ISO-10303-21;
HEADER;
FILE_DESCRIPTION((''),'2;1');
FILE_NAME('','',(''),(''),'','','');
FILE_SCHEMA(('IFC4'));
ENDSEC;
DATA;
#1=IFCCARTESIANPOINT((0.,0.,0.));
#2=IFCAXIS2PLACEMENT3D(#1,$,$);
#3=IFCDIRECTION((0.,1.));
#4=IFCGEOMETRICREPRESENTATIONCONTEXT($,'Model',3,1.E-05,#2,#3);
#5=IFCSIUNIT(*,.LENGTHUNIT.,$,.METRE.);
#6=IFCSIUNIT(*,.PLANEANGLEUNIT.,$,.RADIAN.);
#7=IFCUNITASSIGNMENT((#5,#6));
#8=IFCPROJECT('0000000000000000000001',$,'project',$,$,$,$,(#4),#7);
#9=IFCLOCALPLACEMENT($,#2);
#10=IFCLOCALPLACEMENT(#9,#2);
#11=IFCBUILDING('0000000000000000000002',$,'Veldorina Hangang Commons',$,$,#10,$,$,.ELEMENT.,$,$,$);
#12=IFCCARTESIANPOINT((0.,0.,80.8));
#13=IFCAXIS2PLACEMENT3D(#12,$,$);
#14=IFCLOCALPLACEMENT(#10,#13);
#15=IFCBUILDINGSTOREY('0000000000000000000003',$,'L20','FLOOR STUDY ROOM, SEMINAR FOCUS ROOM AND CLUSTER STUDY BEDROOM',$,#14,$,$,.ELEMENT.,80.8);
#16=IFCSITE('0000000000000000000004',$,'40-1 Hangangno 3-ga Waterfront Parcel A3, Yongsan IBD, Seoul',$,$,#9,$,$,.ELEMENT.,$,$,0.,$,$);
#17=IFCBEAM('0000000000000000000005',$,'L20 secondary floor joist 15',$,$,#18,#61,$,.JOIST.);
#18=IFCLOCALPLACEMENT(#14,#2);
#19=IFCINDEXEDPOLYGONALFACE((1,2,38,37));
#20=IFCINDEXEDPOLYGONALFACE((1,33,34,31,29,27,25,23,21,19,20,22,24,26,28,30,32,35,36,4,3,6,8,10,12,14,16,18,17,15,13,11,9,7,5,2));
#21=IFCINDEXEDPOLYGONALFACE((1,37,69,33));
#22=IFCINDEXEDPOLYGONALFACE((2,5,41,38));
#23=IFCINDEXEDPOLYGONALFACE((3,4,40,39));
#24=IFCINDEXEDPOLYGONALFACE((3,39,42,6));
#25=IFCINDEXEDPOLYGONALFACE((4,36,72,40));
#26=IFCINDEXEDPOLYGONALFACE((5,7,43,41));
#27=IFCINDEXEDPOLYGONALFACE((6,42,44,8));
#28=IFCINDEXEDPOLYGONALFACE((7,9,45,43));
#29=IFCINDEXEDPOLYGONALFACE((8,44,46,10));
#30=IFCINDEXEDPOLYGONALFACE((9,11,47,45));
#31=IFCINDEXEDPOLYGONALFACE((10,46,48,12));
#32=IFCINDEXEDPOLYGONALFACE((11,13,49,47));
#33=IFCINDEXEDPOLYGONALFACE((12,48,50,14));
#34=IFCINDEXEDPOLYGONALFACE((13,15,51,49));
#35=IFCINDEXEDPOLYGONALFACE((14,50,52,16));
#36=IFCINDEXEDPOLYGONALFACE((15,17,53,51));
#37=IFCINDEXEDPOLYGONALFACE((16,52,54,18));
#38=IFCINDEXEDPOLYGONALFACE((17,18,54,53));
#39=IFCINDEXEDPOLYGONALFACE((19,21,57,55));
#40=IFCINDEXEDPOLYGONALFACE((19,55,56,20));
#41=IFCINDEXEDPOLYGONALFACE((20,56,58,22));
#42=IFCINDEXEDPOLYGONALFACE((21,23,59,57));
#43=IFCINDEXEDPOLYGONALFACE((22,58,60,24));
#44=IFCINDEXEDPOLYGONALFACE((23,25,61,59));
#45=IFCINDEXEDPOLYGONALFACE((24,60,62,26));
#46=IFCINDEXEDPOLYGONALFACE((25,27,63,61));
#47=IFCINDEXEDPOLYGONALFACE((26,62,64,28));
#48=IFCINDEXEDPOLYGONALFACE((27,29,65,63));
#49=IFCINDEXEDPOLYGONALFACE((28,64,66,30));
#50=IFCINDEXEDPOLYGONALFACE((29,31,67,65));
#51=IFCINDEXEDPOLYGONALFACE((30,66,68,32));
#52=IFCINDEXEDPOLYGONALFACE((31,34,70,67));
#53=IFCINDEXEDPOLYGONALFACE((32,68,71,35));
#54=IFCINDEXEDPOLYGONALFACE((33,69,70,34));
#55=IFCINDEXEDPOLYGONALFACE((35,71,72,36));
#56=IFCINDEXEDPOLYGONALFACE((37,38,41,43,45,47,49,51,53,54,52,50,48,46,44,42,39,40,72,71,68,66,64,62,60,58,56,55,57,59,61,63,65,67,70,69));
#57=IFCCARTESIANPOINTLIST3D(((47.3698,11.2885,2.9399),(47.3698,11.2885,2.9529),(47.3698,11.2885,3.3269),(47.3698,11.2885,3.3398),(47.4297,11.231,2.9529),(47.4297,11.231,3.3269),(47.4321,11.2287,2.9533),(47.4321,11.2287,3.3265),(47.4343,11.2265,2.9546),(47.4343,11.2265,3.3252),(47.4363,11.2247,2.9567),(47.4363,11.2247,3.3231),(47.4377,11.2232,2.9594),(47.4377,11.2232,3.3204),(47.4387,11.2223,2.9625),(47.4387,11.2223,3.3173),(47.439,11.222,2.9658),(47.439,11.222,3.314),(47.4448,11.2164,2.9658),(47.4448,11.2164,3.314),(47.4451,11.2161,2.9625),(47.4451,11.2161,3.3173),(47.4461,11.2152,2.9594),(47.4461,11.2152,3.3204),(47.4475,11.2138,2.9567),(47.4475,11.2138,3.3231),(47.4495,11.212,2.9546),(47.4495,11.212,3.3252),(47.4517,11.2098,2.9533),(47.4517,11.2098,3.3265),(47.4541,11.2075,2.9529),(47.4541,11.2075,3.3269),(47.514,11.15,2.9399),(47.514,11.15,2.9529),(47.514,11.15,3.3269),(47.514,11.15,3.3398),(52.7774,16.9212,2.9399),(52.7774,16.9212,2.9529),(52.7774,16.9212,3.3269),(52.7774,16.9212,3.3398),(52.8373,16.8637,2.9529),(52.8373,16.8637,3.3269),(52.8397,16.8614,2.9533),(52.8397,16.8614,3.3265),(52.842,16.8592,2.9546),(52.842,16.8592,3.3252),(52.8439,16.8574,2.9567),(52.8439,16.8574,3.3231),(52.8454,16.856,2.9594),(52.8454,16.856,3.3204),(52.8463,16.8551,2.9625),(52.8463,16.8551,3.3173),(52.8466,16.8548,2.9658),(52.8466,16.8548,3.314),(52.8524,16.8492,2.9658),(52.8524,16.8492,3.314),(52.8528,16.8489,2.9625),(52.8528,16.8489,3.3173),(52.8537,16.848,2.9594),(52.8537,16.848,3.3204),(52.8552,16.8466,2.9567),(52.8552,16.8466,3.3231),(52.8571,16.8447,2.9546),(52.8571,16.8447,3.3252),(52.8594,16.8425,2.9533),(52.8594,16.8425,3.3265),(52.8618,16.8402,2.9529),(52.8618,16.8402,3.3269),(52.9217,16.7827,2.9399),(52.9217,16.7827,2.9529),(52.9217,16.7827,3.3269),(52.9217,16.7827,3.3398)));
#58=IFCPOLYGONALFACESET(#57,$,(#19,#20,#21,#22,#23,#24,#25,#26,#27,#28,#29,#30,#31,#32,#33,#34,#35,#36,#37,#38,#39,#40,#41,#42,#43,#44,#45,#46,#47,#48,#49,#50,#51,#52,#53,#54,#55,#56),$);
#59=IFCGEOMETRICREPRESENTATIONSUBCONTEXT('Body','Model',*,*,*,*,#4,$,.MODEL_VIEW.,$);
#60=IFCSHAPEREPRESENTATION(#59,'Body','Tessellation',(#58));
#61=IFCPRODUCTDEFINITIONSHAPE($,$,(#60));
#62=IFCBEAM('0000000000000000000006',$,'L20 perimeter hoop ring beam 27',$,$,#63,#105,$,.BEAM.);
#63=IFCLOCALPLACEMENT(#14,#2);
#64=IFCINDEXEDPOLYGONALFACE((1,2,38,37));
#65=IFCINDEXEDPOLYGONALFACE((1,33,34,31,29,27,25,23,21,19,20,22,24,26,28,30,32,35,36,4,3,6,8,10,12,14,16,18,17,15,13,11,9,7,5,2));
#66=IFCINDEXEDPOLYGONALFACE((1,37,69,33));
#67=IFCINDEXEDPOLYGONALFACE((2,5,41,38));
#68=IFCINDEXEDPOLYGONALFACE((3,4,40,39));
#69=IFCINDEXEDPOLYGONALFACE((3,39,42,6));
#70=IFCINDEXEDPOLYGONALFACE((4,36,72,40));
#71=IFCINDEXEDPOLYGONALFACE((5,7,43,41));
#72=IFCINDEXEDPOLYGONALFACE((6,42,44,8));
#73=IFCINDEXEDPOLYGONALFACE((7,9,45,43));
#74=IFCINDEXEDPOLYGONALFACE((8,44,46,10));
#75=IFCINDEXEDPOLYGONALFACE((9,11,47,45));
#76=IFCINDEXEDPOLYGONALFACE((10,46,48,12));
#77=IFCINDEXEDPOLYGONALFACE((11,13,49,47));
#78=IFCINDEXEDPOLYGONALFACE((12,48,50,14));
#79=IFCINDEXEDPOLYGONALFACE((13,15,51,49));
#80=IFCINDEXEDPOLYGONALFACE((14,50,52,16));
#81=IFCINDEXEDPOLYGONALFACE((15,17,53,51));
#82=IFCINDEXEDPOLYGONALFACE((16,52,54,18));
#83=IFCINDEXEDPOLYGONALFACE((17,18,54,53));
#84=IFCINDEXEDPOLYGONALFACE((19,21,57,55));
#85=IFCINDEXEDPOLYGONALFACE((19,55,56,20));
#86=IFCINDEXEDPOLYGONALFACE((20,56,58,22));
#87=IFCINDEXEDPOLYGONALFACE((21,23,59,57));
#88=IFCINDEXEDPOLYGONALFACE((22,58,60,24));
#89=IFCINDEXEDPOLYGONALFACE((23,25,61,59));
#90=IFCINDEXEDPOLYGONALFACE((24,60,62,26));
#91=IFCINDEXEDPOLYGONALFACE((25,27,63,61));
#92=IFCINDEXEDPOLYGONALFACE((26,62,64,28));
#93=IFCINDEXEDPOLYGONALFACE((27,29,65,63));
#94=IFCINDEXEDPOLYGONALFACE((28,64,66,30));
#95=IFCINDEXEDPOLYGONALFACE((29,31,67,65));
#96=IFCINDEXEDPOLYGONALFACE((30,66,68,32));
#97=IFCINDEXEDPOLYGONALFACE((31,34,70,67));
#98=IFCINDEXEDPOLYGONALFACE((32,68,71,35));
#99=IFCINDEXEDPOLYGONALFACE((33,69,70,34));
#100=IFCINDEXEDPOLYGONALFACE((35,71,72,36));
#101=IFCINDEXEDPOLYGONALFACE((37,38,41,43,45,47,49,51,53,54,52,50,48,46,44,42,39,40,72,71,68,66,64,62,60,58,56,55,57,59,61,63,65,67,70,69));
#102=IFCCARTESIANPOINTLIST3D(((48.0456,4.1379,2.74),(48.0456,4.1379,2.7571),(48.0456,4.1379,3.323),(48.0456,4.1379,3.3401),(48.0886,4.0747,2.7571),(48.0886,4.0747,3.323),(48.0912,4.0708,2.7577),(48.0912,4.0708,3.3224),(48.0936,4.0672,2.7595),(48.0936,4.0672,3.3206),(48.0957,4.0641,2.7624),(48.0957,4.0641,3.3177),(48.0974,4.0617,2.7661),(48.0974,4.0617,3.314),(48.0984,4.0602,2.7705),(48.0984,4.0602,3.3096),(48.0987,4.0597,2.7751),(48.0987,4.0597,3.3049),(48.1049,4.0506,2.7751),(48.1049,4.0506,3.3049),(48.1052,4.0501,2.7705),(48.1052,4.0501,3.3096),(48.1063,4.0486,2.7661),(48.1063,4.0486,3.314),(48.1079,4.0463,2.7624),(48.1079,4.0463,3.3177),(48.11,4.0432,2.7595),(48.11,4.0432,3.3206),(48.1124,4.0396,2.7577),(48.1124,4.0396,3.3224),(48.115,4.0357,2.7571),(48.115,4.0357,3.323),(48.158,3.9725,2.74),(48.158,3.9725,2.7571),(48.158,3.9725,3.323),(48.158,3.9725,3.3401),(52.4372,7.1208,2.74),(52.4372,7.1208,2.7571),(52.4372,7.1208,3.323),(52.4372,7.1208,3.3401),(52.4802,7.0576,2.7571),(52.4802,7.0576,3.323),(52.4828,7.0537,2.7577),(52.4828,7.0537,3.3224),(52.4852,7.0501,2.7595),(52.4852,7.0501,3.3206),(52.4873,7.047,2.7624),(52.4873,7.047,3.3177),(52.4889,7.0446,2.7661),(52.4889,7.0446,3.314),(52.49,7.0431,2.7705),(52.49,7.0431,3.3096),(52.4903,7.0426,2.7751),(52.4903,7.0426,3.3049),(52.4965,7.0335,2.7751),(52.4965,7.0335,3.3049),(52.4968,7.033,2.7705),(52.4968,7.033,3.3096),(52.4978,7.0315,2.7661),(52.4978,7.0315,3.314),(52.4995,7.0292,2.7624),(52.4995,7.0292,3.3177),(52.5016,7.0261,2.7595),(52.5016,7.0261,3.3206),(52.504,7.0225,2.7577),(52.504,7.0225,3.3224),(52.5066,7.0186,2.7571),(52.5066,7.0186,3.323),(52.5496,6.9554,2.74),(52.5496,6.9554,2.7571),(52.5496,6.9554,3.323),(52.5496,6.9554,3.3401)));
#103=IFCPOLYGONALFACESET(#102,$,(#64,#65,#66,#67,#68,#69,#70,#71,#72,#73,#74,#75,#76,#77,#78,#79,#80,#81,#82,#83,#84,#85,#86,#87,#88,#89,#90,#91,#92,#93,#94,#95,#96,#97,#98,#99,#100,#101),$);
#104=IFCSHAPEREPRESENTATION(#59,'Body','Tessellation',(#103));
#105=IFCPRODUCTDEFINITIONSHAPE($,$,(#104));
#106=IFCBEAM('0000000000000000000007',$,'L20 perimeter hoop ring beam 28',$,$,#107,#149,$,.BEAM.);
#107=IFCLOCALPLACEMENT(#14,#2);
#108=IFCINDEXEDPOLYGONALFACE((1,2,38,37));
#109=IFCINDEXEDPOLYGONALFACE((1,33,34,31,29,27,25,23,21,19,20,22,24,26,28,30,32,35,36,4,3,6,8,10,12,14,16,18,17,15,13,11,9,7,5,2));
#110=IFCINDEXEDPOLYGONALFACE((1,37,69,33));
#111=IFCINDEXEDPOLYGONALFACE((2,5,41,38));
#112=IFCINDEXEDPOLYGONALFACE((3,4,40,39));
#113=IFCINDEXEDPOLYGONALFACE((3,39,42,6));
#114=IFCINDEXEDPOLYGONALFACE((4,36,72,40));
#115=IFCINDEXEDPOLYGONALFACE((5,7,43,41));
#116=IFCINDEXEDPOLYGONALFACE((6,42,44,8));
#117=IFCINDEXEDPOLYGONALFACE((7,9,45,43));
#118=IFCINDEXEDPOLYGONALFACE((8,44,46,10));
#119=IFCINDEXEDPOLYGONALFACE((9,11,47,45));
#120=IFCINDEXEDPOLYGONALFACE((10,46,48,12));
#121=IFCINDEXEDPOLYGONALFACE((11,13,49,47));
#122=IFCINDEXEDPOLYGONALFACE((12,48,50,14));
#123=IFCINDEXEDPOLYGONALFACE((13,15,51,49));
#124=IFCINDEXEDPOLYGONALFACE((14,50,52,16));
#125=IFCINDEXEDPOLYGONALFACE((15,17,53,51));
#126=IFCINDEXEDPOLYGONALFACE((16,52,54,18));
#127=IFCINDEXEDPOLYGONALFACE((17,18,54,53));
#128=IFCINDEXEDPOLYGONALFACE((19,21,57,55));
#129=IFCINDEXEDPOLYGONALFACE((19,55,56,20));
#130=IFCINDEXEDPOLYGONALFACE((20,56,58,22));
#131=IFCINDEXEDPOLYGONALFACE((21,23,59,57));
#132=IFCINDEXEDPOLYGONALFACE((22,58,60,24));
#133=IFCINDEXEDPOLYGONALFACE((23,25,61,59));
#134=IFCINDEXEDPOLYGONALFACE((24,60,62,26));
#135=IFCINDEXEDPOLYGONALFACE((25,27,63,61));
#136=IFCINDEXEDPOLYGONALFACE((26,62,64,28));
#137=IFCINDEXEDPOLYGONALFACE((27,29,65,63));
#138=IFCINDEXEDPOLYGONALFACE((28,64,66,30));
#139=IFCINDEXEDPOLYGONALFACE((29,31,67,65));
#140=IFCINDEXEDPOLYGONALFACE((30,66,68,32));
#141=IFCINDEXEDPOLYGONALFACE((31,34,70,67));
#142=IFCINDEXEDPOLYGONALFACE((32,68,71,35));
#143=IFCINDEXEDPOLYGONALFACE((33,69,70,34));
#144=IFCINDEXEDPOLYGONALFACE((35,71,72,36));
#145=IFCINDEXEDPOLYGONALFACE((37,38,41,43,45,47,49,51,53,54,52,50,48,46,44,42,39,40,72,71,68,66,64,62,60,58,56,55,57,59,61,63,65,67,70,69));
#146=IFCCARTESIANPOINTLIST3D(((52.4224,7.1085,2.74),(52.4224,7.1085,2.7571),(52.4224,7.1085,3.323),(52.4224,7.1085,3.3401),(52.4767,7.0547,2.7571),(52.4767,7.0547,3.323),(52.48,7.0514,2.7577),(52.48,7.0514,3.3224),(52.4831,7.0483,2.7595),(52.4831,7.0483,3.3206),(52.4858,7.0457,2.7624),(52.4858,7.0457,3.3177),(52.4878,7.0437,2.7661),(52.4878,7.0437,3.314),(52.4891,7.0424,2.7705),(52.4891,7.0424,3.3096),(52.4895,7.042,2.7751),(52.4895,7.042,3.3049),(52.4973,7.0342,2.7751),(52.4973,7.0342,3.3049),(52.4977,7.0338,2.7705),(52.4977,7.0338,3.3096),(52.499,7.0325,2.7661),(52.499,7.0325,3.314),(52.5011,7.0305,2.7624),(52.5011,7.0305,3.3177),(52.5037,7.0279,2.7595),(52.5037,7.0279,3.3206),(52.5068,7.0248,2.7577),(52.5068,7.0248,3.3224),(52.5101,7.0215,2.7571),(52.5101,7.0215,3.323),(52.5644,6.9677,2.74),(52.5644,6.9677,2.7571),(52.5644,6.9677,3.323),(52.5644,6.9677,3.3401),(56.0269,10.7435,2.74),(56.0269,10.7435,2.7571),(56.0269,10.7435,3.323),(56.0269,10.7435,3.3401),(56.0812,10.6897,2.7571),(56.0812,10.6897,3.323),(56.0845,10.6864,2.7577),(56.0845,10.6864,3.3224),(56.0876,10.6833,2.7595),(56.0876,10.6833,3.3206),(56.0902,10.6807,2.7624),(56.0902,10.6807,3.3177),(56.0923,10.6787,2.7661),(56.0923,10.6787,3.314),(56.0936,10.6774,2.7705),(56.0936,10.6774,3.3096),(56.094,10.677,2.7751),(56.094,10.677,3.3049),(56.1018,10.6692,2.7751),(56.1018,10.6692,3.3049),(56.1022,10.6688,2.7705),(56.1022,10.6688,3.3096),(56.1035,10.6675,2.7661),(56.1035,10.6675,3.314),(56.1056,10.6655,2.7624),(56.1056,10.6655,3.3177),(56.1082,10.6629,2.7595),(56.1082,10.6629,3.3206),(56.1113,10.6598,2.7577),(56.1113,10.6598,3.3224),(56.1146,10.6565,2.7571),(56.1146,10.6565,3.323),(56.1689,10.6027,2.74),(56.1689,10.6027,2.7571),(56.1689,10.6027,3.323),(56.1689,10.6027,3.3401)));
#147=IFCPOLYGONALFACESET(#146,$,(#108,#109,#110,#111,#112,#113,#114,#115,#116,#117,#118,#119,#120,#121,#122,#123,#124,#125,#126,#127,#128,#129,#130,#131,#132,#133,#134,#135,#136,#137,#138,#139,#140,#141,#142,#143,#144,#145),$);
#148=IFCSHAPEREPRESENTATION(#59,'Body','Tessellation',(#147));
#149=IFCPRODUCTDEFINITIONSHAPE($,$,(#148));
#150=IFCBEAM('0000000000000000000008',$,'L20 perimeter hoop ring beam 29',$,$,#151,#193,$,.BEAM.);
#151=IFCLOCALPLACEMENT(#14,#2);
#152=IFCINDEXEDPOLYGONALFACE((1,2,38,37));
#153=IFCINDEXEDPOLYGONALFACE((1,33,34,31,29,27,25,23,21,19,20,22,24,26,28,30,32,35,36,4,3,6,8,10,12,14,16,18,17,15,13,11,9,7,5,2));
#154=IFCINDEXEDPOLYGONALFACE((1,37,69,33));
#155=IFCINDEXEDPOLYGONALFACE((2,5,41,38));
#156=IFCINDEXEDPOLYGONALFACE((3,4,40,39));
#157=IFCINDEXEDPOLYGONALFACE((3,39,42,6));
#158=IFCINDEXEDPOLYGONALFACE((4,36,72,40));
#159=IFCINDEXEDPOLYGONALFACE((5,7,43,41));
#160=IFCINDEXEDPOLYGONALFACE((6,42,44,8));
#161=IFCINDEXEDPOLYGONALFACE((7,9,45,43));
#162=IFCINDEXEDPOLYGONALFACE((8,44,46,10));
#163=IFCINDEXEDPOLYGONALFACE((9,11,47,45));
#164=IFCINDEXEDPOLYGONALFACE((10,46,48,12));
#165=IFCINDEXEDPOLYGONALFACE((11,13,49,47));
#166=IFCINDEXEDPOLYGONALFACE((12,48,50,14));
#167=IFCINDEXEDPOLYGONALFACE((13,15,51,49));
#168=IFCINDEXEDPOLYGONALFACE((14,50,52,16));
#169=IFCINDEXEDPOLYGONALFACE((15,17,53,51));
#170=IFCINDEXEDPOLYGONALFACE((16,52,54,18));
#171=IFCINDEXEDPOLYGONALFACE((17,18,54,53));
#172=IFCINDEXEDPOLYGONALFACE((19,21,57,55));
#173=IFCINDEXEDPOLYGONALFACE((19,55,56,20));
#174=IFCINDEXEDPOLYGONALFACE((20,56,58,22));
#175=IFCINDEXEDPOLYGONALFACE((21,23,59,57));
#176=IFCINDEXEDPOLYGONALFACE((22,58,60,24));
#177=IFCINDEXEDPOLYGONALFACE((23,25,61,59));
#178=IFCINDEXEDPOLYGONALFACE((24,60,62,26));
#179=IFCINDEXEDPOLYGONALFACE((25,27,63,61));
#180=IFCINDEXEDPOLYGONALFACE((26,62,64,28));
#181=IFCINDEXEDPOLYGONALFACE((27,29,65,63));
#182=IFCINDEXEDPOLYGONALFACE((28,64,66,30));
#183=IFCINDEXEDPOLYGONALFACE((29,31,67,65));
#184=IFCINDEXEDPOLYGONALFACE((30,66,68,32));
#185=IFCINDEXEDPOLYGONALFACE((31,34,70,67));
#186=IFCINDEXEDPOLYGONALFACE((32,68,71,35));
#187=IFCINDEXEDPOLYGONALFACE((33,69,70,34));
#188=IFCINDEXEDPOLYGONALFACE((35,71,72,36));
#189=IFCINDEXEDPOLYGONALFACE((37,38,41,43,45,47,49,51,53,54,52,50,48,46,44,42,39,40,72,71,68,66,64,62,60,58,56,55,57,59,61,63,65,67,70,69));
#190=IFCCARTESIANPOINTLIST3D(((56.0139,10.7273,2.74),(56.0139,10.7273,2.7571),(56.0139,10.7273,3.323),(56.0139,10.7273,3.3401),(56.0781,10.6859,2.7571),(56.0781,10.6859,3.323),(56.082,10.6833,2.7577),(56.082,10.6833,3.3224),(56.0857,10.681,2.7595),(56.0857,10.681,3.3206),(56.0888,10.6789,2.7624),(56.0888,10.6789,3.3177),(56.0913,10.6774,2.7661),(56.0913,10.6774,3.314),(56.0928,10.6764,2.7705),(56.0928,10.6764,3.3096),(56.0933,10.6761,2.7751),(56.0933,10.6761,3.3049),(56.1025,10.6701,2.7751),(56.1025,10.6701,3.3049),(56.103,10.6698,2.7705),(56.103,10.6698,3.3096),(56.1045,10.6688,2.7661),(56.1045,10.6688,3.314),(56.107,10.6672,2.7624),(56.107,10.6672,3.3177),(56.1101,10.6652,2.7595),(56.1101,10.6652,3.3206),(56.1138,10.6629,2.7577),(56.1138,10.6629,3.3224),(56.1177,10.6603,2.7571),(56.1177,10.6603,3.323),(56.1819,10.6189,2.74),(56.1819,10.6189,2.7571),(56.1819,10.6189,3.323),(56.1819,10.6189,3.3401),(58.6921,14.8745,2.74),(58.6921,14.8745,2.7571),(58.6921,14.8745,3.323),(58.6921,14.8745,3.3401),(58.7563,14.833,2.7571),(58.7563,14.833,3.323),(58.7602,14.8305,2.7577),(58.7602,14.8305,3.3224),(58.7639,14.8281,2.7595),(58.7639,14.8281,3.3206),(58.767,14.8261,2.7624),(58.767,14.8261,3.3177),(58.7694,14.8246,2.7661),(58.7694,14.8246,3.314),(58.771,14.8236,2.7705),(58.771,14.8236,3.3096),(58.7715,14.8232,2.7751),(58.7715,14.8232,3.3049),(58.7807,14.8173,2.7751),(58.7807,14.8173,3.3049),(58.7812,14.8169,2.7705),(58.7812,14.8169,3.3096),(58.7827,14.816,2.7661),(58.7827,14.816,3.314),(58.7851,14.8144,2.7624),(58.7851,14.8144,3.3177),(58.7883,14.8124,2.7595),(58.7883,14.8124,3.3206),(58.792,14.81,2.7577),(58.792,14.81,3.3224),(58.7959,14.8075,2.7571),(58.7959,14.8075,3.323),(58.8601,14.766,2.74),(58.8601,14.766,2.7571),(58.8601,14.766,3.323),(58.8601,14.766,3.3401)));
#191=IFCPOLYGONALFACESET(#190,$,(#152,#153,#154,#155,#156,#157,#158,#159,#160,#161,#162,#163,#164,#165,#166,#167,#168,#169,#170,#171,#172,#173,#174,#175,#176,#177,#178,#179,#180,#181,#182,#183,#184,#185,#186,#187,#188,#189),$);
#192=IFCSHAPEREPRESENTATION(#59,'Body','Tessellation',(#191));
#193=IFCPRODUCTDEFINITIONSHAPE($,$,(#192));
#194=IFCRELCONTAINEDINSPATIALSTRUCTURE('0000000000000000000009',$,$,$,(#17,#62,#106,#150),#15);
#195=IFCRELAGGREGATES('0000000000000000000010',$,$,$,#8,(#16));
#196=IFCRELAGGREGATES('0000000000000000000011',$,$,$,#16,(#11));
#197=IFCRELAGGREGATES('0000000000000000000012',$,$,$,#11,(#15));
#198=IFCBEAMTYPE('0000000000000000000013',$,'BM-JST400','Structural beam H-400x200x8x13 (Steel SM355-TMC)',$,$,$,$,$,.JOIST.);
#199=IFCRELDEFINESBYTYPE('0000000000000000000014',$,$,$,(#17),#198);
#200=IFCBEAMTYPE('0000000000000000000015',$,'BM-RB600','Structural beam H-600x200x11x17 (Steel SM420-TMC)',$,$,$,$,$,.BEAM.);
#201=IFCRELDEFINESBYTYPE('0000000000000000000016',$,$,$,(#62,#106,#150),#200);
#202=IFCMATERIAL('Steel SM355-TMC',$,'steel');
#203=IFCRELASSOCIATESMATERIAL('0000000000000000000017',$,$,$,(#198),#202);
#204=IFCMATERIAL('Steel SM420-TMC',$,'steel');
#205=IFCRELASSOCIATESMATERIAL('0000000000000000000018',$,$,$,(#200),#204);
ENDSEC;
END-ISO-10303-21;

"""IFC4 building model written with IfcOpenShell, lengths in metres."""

from ifc_helpers import new_model, si_unit, direction, frame, origin, origin_2d, place, context, subcontext, project, spatial, i_section, extrude, material, material_profile, profile_set, type_object, element, save


model = new_model("IFC4")

# Units and contexts
model_context = context("Model", 3, precision=1e-05, world=origin(), true_north=direction((0.0, 1.0)))
body_context = subcontext(model_context, "Body", "Model", "MODEL_VIEW")
ifc_project = project(units=[si_unit("LENGTHUNIT", "METRE"), si_unit("PLANEANGLEUNIT", "RADIAN")], contexts=[model_context])

# Site, building, storey
site_placement = place(None, origin())
site = spatial("IfcSite", under=ifc_project, at=site_placement, Name="40-1 Hangangno 3-ga Waterfront Parcel A3, Yongsan IBD, Seoul", CompositionType="ELEMENT", RefElevation=0.0)
building_placement = place(site_placement, origin())
building = spatial("IfcBuilding", under=site, at=building_placement, Name="Veldorina Hangang Commons", CompositionType="ELEMENT")
storey_placement = place(building_placement, frame((0.0, 0.0, 80.8)))
storey = spatial("IfcBuildingStorey", under=building, at=storey_placement, Name="L20", Description="FLOOR STUDY ROOM, SEMINAR FOCUS ROOM AND CLUSTER STUDY BEDROOM", CompositionType="ELEMENT", Elevation=80.8)

# Beams
ifc_material_1 = material(Name="Steel SM355-TMC", Category="steel")
ifc_material_profile_1 = material_profile(ifc_material_1, i_section(OverallWidth=0.2, OverallDepth=0.3999, WebThickness=0.0081, FlangeThickness=0.0129, FilletRadius=0.0129, at=origin_2d()), Name="H-400x200x8x13")
ifc_profile_set_1 = profile_set([ifc_material_profile_1], Name="Steel SM355-TMC")
beam_type_1 = type_object("IfcBeamType", Name="BM-JST400", Description="Structural beam H-400x200x8x13 (Steel SM355-TMC)", PredefinedType="JOIST", material=ifc_profile_set_1)
beam_1_placement = place(storey_placement, frame((47.4419, 11.2192, 3.1399), z_axis=(0.692546, 0.721374, 0.0), x_axis=(-0.721374, 0.692546, 0.0)))
element("IfcBeam", 1, at=beam_1_placement, inside=storey, type_object=beam_type_1, Name="L20 secondary floor joist 15", PredefinedType="JOIST", context=body_context, shape_type="SweptSolid", body=[
    extrude(i_section(OverallWidth=0.2, OverallDepth=0.3999, WebThickness=0.0081, FlangeThickness=0.0129, FilletRadius=0.0129, at=origin_2d()), origin(), (0.0, 0.0, 1.0), 7.8083),
])
ifc_material_2 = material(Name="Steel SM420-TMC", Category="steel")
ifc_material_profile_2 = material_profile(ifc_material_2, i_section(OverallWidth=0.2, OverallDepth=0.6001, WebThickness=0.011, FlangeThickness=0.0171, FilletRadius=0.0181, at=origin_2d()), Name="H-600x200x11x17")
ifc_profile_set_2 = profile_set([ifc_material_profile_2], Name="Steel SM420-TMC")
beam_type_2 = type_object("IfcBeamType", Name="BM-RB600", Description="Structural beam H-600x200x11x17 (Steel SM420-TMC)", PredefinedType="BEAM", material=ifc_profile_set_2)
beam_2_placement = place(storey_placement, frame((48.1018, 4.0552, 3.04), z_axis=(0.827222, 0.561875, 0.0), x_axis=(-0.561875, 0.827222, 0.0)))
element("IfcBeam", 2, at=beam_2_placement, inside=storey, type_object=beam_type_2, Name="L20 perimeter hoop ring beam 27", PredefinedType="BEAM", context=body_context, shape_type="SweptSolid", body=[
    extrude(i_section(OverallWidth=0.2, OverallDepth=0.6001, WebThickness=0.011, FlangeThickness=0.0171, FilletRadius=0.0181, at=origin_2d()), origin(), (0.0, 0.0, 1.0), 5.3088),
])
beam_3_placement = place(storey_placement, frame((52.4934, 7.0381, 3.04), z_axis=(0.70412, 0.710081, 0.0), x_axis=(-0.710081, 0.70412, 0.0)))
element("IfcBeam", 3, at=beam_3_placement, inside=storey, type_object=beam_type_2, Name="L20 perimeter hoop ring beam 28", PredefinedType="BEAM", context=body_context, shape_type="SweptSolid", body=[
    extrude(i_section(OverallWidth=0.2, OverallDepth=0.6001, WebThickness=0.011, FlangeThickness=0.0171, FilletRadius=0.0181, at=origin_2d()), origin(), (0.0, 0.0, 1.0), 5.1191),
])
beam_4_placement = place(storey_placement, frame((56.0979, 10.6731, 3.04), z_axis=(0.542499, 0.840057, 0.0), x_axis=(-0.840057, 0.542499, 0.0)))
element("IfcBeam", 4, at=beam_4_placement, inside=storey, type_object=beam_type_2, Name="L20 perimeter hoop ring beam 29", PredefinedType="BEAM", context=body_context, shape_type="SweptSolid", body=[
    extrude(i_section(OverallWidth=0.2, OverallDepth=0.6001, WebThickness=0.011, FlangeThickness=0.0171, FilletRadius=0.0181, at=origin_2d()), origin(), (0.0, 0.0, 1.0), 4.9368),
])

save(model, "model.ifc")
